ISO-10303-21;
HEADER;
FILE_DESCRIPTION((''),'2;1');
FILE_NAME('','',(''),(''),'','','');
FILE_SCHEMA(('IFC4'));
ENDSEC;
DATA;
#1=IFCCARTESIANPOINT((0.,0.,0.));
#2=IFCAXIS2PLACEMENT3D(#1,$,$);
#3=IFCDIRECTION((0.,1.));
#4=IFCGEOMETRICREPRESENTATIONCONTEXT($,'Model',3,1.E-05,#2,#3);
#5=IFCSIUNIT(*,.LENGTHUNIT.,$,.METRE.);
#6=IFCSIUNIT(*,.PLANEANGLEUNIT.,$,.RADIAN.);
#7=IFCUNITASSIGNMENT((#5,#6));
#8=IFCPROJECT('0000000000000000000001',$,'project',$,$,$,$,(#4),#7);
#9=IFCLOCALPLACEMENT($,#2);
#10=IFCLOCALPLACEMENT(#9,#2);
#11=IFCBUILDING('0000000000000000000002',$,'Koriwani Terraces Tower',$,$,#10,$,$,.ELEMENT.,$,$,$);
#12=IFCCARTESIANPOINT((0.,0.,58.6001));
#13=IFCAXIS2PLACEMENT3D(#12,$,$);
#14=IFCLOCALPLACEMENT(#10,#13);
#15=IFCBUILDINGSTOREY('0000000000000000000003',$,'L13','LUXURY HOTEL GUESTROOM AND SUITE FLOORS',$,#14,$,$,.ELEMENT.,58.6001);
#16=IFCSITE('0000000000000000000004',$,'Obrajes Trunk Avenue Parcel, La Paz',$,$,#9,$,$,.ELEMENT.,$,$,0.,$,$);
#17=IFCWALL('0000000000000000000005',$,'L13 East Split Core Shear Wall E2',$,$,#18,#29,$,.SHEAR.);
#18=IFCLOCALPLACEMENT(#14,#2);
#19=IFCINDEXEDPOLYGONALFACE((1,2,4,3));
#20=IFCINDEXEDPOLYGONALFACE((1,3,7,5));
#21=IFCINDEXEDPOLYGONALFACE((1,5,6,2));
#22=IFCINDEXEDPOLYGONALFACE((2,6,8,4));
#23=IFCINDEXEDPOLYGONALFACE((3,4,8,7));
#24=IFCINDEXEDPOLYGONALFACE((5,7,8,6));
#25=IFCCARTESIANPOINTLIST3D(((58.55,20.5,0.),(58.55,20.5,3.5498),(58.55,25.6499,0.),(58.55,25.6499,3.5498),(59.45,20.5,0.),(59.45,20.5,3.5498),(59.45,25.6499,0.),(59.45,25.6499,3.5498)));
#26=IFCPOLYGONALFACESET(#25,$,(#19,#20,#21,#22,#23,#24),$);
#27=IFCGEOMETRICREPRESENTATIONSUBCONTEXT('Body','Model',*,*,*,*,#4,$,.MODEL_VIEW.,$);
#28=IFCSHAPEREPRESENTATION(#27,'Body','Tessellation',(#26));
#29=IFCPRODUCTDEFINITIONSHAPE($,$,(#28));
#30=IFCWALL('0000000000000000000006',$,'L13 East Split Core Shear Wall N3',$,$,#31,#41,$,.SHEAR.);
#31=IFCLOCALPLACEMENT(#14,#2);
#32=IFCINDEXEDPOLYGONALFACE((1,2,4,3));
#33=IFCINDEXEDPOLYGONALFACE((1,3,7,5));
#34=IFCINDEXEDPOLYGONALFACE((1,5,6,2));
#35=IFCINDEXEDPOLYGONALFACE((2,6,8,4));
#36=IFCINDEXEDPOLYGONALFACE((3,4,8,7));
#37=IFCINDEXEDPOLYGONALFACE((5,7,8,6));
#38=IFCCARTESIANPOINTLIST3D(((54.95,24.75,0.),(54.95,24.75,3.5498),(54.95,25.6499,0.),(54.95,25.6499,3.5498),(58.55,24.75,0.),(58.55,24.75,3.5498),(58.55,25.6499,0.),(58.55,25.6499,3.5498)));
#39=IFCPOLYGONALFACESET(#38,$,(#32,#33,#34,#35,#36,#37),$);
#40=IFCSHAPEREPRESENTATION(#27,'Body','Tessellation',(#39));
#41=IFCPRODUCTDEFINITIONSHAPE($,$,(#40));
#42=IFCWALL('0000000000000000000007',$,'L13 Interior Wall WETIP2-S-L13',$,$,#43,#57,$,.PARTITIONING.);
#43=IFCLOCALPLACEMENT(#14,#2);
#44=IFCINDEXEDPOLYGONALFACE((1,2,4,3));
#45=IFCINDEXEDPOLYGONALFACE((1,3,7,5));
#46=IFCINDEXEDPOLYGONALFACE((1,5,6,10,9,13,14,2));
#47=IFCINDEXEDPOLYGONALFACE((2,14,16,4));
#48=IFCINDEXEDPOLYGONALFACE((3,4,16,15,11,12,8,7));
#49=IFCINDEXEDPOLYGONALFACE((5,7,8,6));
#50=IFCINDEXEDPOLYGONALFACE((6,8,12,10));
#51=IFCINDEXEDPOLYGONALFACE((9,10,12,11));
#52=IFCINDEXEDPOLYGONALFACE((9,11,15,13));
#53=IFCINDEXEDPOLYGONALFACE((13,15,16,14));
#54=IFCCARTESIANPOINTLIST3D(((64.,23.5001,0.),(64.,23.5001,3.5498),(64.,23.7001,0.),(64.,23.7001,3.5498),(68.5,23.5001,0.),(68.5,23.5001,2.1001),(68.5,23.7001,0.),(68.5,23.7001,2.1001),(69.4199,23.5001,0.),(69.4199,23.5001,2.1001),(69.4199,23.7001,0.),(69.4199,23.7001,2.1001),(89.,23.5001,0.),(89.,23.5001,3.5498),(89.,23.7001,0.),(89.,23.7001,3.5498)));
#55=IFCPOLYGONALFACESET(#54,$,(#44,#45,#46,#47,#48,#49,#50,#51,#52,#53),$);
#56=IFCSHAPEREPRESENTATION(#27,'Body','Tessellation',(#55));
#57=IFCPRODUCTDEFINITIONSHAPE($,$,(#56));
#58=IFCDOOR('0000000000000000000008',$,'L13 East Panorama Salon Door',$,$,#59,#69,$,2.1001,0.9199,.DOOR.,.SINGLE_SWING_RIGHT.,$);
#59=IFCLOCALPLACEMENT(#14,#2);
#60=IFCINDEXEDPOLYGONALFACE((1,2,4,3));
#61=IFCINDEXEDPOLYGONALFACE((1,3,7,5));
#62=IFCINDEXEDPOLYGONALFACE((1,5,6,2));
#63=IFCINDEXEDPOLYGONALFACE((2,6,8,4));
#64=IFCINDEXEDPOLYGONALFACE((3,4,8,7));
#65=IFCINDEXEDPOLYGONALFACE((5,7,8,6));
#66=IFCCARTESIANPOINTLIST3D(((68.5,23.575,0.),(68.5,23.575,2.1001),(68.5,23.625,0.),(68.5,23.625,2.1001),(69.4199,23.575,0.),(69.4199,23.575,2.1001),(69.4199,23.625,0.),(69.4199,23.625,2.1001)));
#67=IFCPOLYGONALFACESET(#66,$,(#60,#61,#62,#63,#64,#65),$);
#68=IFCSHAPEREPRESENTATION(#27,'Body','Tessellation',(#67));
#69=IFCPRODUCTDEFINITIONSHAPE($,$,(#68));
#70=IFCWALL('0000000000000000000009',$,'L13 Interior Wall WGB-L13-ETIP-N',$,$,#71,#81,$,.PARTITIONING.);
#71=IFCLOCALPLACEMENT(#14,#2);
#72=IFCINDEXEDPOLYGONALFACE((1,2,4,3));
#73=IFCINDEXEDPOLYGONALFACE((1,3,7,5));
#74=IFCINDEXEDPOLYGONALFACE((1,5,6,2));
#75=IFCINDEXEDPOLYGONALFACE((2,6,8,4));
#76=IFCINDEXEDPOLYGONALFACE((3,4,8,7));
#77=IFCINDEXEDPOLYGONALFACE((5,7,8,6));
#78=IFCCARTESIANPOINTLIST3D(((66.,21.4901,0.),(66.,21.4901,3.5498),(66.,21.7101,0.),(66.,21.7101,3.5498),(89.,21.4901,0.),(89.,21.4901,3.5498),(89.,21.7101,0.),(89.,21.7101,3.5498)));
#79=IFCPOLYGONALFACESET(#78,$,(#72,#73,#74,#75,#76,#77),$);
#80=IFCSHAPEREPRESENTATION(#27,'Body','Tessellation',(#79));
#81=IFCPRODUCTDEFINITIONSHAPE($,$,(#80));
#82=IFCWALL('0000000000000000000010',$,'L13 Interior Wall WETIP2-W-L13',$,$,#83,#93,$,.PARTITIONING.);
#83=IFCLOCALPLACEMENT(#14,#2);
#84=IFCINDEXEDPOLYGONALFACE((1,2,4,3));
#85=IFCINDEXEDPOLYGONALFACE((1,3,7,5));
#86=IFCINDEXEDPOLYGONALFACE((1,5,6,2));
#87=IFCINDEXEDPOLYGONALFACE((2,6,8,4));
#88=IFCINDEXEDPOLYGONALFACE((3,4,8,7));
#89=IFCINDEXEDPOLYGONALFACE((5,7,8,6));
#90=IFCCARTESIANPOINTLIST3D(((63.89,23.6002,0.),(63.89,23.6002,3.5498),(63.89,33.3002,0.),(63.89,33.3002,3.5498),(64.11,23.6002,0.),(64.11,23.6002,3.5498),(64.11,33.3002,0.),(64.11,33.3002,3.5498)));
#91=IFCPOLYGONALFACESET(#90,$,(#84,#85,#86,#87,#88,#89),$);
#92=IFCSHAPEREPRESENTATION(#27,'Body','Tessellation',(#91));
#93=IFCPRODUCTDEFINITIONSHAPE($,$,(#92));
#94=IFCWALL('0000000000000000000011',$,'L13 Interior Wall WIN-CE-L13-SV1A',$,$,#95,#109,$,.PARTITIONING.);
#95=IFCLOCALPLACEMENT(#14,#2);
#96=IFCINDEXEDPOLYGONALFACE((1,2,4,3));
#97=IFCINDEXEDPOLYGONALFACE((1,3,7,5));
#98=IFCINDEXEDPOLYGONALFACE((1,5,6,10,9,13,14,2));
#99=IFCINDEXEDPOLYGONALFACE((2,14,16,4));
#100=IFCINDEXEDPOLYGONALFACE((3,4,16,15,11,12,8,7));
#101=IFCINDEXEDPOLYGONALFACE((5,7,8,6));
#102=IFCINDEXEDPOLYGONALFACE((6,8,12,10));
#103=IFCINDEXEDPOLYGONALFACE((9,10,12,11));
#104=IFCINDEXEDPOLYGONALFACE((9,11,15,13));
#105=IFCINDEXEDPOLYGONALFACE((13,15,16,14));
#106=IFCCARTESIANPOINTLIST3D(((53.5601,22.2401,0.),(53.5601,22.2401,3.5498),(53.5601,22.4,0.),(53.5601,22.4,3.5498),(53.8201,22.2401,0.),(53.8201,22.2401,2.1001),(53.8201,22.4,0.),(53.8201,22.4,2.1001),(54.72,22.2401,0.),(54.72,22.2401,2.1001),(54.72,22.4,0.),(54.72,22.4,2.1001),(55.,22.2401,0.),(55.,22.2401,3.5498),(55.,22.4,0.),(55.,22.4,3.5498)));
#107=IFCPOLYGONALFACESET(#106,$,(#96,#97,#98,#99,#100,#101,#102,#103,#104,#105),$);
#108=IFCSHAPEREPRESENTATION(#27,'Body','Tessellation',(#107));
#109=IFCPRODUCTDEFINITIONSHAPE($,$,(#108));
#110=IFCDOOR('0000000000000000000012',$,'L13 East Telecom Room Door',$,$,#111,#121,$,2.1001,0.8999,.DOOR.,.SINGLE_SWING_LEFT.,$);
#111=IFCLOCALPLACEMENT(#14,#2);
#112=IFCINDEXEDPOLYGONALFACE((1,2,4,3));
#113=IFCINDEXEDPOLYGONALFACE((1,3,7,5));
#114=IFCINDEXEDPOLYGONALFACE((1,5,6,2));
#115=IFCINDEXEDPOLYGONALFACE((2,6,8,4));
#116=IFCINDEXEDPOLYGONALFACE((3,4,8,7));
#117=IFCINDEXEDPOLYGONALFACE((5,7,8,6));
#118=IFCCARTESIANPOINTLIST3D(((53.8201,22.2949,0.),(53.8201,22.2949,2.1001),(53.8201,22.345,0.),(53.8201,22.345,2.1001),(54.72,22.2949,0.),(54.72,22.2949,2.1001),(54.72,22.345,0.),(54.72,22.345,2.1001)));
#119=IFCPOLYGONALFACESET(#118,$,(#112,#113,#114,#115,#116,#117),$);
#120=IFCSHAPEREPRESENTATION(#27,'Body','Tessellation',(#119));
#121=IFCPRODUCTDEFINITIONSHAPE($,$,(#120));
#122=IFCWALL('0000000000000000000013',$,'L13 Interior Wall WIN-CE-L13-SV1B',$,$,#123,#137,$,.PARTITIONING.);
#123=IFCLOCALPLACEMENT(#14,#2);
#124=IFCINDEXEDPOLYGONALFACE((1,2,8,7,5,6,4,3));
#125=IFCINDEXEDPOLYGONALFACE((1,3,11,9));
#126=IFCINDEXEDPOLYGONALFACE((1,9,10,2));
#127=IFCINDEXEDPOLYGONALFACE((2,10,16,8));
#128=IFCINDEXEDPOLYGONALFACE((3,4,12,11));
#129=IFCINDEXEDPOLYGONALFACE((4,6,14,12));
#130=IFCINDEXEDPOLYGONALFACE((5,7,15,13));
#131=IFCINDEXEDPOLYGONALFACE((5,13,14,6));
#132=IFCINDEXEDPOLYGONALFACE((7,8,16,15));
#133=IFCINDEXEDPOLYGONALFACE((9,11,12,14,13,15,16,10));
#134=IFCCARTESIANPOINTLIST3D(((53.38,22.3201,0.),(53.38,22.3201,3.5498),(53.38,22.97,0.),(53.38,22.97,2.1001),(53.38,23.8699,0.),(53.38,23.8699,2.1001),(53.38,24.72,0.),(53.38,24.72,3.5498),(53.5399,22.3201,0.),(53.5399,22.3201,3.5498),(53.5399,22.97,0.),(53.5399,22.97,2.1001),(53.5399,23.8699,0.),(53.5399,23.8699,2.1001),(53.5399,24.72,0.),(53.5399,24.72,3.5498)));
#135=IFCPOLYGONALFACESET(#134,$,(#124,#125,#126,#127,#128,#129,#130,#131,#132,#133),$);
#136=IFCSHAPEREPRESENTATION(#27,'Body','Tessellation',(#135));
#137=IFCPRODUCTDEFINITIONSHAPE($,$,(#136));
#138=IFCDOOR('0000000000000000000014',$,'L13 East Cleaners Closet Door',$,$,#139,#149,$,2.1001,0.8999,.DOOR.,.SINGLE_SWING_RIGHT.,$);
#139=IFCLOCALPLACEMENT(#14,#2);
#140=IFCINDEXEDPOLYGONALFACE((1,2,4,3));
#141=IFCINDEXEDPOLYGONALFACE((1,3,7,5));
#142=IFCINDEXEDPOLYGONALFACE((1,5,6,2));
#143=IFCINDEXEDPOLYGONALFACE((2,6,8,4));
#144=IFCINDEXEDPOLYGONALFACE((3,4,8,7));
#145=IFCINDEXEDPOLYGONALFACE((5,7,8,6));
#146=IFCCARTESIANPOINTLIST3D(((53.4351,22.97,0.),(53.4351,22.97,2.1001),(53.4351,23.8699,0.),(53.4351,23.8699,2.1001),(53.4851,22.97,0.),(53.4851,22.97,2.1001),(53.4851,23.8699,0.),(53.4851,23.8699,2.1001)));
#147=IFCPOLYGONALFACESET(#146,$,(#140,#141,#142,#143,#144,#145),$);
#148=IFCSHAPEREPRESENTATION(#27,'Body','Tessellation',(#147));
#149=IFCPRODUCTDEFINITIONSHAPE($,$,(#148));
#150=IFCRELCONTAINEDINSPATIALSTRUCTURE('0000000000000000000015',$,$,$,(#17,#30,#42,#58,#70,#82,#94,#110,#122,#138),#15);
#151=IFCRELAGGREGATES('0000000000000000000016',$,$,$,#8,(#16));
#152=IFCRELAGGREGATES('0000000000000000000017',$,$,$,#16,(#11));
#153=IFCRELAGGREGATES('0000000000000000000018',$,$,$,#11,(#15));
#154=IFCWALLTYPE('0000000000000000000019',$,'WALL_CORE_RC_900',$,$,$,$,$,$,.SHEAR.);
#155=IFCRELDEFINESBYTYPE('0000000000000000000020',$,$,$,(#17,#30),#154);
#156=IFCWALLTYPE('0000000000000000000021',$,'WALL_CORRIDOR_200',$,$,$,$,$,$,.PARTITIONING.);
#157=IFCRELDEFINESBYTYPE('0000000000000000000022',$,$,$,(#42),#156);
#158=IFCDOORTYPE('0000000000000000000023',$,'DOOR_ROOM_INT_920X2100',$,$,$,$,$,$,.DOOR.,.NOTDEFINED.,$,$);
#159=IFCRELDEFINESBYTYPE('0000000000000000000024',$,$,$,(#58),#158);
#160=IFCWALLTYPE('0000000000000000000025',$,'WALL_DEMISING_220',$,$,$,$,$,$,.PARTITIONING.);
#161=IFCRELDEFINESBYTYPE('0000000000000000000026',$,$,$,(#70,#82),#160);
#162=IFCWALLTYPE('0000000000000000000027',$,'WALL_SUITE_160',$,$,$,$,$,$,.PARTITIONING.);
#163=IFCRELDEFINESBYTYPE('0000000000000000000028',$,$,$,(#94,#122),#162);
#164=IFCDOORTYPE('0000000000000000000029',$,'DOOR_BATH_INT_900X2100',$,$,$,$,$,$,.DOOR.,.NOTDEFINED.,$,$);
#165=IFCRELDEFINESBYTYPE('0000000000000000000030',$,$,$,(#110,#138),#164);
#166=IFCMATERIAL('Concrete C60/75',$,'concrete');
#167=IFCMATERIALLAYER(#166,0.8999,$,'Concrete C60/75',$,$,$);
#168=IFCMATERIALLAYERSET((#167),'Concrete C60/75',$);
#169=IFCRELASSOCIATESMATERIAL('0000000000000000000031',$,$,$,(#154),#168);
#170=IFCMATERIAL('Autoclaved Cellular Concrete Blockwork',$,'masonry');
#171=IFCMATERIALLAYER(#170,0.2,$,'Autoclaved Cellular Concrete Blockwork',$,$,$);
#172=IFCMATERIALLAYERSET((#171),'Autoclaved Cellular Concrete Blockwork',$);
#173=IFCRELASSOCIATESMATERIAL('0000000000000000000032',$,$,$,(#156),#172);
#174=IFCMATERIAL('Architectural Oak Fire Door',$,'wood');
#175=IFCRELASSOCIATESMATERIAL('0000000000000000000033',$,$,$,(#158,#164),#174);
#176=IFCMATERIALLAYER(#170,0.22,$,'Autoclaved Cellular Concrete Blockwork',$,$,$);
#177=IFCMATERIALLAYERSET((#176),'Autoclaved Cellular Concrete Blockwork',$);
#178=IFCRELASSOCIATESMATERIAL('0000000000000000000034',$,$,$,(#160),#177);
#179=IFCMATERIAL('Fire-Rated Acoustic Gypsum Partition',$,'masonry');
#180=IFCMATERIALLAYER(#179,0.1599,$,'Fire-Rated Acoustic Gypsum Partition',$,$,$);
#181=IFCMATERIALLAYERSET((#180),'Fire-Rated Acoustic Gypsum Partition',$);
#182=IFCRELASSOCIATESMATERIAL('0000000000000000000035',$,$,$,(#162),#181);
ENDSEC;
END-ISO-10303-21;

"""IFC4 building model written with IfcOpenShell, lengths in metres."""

from ifc_helpers import new_model, si_unit, direction, frame, frame_2d, origin, place, context, subcontext, project, spatial, rectangle, extrude, material, layer, layer_set, type_object, element, fill, save


model = new_model("IFC4")

# Units and contexts
model_context = context("Model", 3, precision=1e-05, world=origin(), true_north=direction((0.0, 1.0)))
body_context = subcontext(model_context, "Body", "Model", "MODEL_VIEW")
ifc_project = project(units=[si_unit("LENGTHUNIT", "METRE"), si_unit("PLANEANGLEUNIT", "RADIAN")], contexts=[model_context])

# Site, building, storey
site_placement = place(None, origin())
site = spatial("IfcSite", under=ifc_project, at=site_placement, Name="Obrajes Trunk Avenue Parcel, La Paz", CompositionType="ELEMENT", RefElevation=0.0)
building_placement = place(site_placement, origin())
building = spatial("IfcBuilding", under=site, at=building_placement, Name="Koriwani Terraces Tower", CompositionType="ELEMENT")
storey_placement = place(building_placement, frame((0.0, 0.0, 58.6001)))
storey = spatial("IfcBuildingStorey", under=building, at=storey_placement, Name="L13", Description="LUXURY HOTEL GUESTROOM AND SUITE FLOORS", CompositionType="ELEMENT", Elevation=58.6001)

# Shared definitions
ifc_material_1 = material(Name="Concrete C60/75", Category="concrete")

# Walls
ifc_layer_1 = layer(ifc_material_1, 0.8999, Name="Concrete C60/75")
ifc_layer_set_1 = layer_set([ifc_layer_1], Name="Concrete C60/75")
wall_type_1 = type_object("IfcWallType", Name="WALL_CORE_RC_900", PredefinedType="SHEAR", material=ifc_layer_set_1)
wall_1_placement = place(storey_placement, frame((59.0, 20.5, 0.0), z_axis=(0.0, 0.0, 1.0), x_axis=(0.0, 1.0, 0.0)))
element("IfcWall", 1, at=wall_1_placement, inside=storey, type_object=wall_type_1, Name="L13 East Split Core Shear Wall E2", PredefinedType="SHEAR", context=body_context, shape_type="SweptSolid", body=[
    extrude(rectangle(XDim=5.1499, YDim=0.8999, at=frame_2d((2.575, 0.0))), origin(), (0.0, 0.0, 1.0), 3.5498),
])
wall_2_placement = place(storey_placement, frame((54.95, 25.2, 0.0), z_axis=(0.0, 0.0, 1.0), x_axis=(1.0, 0.0, 0.0)))
element("IfcWall", 2, at=wall_2_placement, inside=storey, type_object=wall_type_1, Name="L13 East Split Core Shear Wall N3", PredefinedType="SHEAR", context=body_context, shape_type="SweptSolid", body=[
    extrude(rectangle(XDim=3.6001, YDim=0.8999, at=frame_2d((1.8, 0.0))), origin(), (0.0, 0.0, 1.0), 3.5498),
])

# Wall, opening, door
ifc_material_2 = material(Name="Autoclaved Cellular Concrete Blockwork", Category="masonry")
ifc_layer_2 = layer(ifc_material_2, 0.2, Name="Autoclaved Cellular Concrete Blockwork")
ifc_layer_set_2 = layer_set([ifc_layer_2], Name="Autoclaved Cellular Concrete Blockwork")
wall_type_2 = type_object("IfcWallType", Name="WALL_CORRIDOR_200", PredefinedType="PARTITIONING", material=ifc_layer_set_2)
wall_3_placement = place(storey_placement, frame((64.0, 23.6001, 0.0), z_axis=(0.0, 0.0, 1.0), x_axis=(1.0, 0.0, 0.0)))
wall_3 = element("IfcWall", 3, at=wall_3_placement, inside=storey, type_object=wall_type_2, Name="L13 Interior Wall WETIP2-S-L13", PredefinedType="PARTITIONING", context=body_context, shape_type="SweptSolid", body=[
    extrude(rectangle(XDim=25.0, YDim=0.2, at=frame_2d((12.5, 0.0))), origin(), (0.0, 0.0, 1.0), 3.5498),
])
opening_1_placement = place(wall_3_placement, frame((4.5, 0.0, 0.0)))
opening_1 = element("IfcOpeningElement", 4, at=opening_1_placement, cuts=wall_3, PredefinedType="OPENING", context=body_context, shape_type="SweptSolid", body=[
    extrude(rectangle(XDim=0.9199, YDim=2.1001, at=frame_2d((0.46, 1.05))), frame((0.0, 0.1099, 0.0), z_axis=(0.0, -1.0, 0.0), x_axis=(1.0, 0.0, 0.0)), (0.0, 0.0, 1.0), 0.22),
])
ifc_material_3 = material(Name="Architectural Oak Fire Door", Category="wood")
door_type_1 = type_object("IfcDoorType", Name="DOOR_ROOM_INT_920X2100", OperationType="NOTDEFINED", PredefinedType="DOOR", material=ifc_material_3)
door_1_placement = place(opening_1_placement, origin())
door_1 = element("IfcDoor", 5, at=door_1_placement, inside=storey, type_object=door_type_1, Name="L13 East Panorama Salon Door", OperationType="SINGLE_SWING_RIGHT", OverallHeight=2.1001, OverallWidth=0.9199, PredefinedType="DOOR", context=body_context, shape_type="SweptSolid", body=[
    extrude(rectangle(XDim=0.9199, YDim=2.1001, at=frame_2d((0.46, 1.05))), frame((0.0, 0.0249, 0.0), z_axis=(0.0, -1.0, 0.0), x_axis=(1.0, 0.0, 0.0)), (0.0, 0.0, 1.0), 0.05),
])
fill(opening_1, door_1)

# Walls
ifc_layer_3 = layer(ifc_material_2, 0.22, Name="Autoclaved Cellular Concrete Blockwork")
ifc_layer_set_3 = layer_set([ifc_layer_3], Name="Autoclaved Cellular Concrete Blockwork")
wall_type_3 = type_object("IfcWallType", Name="WALL_DEMISING_220", PredefinedType="PARTITIONING", material=ifc_layer_set_3)
wall_4_placement = place(storey_placement, frame((66.0, 21.6001, 0.0), z_axis=(0.0, 0.0, 1.0), x_axis=(1.0, 0.0, 0.0)))
element("IfcWall", 6, at=wall_4_placement, inside=storey, type_object=wall_type_3, Name="L13 Interior Wall WGB-L13-ETIP-N", PredefinedType="PARTITIONING", context=body_context, shape_type="SweptSolid", body=[
    extrude(rectangle(XDim=23.0, YDim=0.22, at=frame_2d((11.5, 0.0))), origin(), (0.0, 0.0, 1.0), 3.5498),
])
wall_5_placement = place(storey_placement, frame((64.0, 23.6001, 0.0), z_axis=(0.0, 0.0, 1.0), x_axis=(0.0, 1.0, 0.0)))
element("IfcWall", 7, at=wall_5_placement, inside=storey, type_object=wall_type_3, Name="L13 Interior Wall WETIP2-W-L13", PredefinedType="PARTITIONING", context=body_context, shape_type="SweptSolid", body=[
    extrude(rectangle(XDim=9.7, YDim=0.22, at=frame_2d((4.8501, 0.0))), origin(), (0.0, 0.0, 1.0), 3.5498),
])

# Walls, openings, doors
ifc_material_4 = material(Name="Fire-Rated Acoustic Gypsum Partition", Category="masonry")
ifc_layer_4 = layer(ifc_material_4, 0.1599, Name="Fire-Rated Acoustic Gypsum Partition")
ifc_layer_set_4 = layer_set([ifc_layer_4], Name="Fire-Rated Acoustic Gypsum Partition")
wall_type_4 = type_object("IfcWallType", Name="WALL_SUITE_160", PredefinedType="PARTITIONING", material=ifc_layer_set_4)
wall_6_placement = place(storey_placement, frame((53.5601, 22.3201, 0.0), z_axis=(0.0, 0.0, 1.0), x_axis=(1.0, 0.0, 0.0)))
wall_6 = element("IfcWall", 8, at=wall_6_placement, inside=storey, type_object=wall_type_4, Name="L13 Interior Wall WIN-CE-L13-SV1A", PredefinedType="PARTITIONING", context=body_context, shape_type="SweptSolid", body=[
    extrude(rectangle(XDim=1.4399, YDim=0.1599, at=frame_2d((0.72, 0.0))), origin(), (0.0, 0.0, 1.0), 3.5498),
])
opening_2_placement = place(wall_6_placement, frame((0.26, 0.0, 0.0)))
opening_2 = element("IfcOpeningElement", 9, at=opening_2_placement, cuts=wall_6, PredefinedType="OPENING", context=body_context, shape_type="SweptSolid", body=[
    extrude(rectangle(XDim=0.8999, YDim=2.1001, at=frame_2d((0.45, 1.05))), frame((0.0, 0.0898, 0.0), z_axis=(0.0, -1.0, 0.0), x_axis=(1.0, 0.0, 0.0)), (0.0, 0.0, 1.0), 0.1799),
])
door_type_2 = type_object("IfcDoorType", Name="DOOR_BATH_INT_900X2100", OperationType="NOTDEFINED", PredefinedType="DOOR", material=ifc_material_3)
door_2_placement = place(opening_2_placement, origin())
door_2 = element("IfcDoor", 10, at=door_2_placement, inside=storey, type_object=door_type_2, Name="L13 East Telecom Room Door", OperationType="SINGLE_SWING_LEFT", OverallHeight=2.1001, OverallWidth=0.8999, PredefinedType="DOOR", context=body_context, shape_type="SweptSolid", body=[
    extrude(rectangle(XDim=0.8999, YDim=2.1001, at=frame_2d((0.45, 1.05))), frame((0.0, 0.0249, 0.0), z_axis=(0.0, -1.0, 0.0), x_axis=(1.0, 0.0, 0.0)), (0.0, 0.0, 1.0), 0.05),
])
fill(opening_2, door_2)
wall_7_placement = place(storey_placement, frame((53.46, 22.3201, 0.0), z_axis=(0.0, 0.0, 1.0), x_axis=(0.0, 1.0, 0.0)))
wall_7 = element("IfcWall", 11, at=wall_7_placement, inside=storey, type_object=wall_type_4, Name="L13 Interior Wall WIN-CE-L13-SV1B", PredefinedType="PARTITIONING", context=body_context, shape_type="SweptSolid", body=[
    extrude(rectangle(XDim=2.3999, YDim=0.1599, at=frame_2d((1.2, 0.0))), origin(), (0.0, 0.0, 1.0), 3.5498),
])
opening_3_placement = place(wall_7_placement, frame((0.6499, 0.0, 0.0)))
opening_3 = element("IfcOpeningElement", 12, at=opening_3_placement, cuts=wall_7, PredefinedType="OPENING", context=body_context, shape_type="SweptSolid", body=[
    extrude(rectangle(XDim=0.8999, YDim=2.1001, at=frame_2d((0.45, 1.05))), frame((0.0, 0.0898, 0.0), z_axis=(0.0, -1.0, 0.0), x_axis=(1.0, 0.0, 0.0)), (0.0, 0.0, 1.0), 0.1799),
])
door_3_placement = place(opening_3_placement, origin())
door_3 = element("IfcDoor", 13, at=door_3_placement, inside=storey, type_object=door_type_2, Name="L13 East Cleaners Closet Door", OperationType="SINGLE_SWING_RIGHT", OverallHeight=2.1001, OverallWidth=0.8999, PredefinedType="DOOR", context=body_context, shape_type="SweptSolid", body=[
    extrude(rectangle(XDim=0.8999, YDim=2.1001, at=frame_2d((0.45, 1.05))), frame((0.0, 0.0249, 0.0), z_axis=(0.0, -1.0, 0.0), x_axis=(1.0, 0.0, 0.0)), (0.0, 0.0, 1.0), 0.05),
])
fill(opening_3, door_3)

save(model, "model.ifc")
